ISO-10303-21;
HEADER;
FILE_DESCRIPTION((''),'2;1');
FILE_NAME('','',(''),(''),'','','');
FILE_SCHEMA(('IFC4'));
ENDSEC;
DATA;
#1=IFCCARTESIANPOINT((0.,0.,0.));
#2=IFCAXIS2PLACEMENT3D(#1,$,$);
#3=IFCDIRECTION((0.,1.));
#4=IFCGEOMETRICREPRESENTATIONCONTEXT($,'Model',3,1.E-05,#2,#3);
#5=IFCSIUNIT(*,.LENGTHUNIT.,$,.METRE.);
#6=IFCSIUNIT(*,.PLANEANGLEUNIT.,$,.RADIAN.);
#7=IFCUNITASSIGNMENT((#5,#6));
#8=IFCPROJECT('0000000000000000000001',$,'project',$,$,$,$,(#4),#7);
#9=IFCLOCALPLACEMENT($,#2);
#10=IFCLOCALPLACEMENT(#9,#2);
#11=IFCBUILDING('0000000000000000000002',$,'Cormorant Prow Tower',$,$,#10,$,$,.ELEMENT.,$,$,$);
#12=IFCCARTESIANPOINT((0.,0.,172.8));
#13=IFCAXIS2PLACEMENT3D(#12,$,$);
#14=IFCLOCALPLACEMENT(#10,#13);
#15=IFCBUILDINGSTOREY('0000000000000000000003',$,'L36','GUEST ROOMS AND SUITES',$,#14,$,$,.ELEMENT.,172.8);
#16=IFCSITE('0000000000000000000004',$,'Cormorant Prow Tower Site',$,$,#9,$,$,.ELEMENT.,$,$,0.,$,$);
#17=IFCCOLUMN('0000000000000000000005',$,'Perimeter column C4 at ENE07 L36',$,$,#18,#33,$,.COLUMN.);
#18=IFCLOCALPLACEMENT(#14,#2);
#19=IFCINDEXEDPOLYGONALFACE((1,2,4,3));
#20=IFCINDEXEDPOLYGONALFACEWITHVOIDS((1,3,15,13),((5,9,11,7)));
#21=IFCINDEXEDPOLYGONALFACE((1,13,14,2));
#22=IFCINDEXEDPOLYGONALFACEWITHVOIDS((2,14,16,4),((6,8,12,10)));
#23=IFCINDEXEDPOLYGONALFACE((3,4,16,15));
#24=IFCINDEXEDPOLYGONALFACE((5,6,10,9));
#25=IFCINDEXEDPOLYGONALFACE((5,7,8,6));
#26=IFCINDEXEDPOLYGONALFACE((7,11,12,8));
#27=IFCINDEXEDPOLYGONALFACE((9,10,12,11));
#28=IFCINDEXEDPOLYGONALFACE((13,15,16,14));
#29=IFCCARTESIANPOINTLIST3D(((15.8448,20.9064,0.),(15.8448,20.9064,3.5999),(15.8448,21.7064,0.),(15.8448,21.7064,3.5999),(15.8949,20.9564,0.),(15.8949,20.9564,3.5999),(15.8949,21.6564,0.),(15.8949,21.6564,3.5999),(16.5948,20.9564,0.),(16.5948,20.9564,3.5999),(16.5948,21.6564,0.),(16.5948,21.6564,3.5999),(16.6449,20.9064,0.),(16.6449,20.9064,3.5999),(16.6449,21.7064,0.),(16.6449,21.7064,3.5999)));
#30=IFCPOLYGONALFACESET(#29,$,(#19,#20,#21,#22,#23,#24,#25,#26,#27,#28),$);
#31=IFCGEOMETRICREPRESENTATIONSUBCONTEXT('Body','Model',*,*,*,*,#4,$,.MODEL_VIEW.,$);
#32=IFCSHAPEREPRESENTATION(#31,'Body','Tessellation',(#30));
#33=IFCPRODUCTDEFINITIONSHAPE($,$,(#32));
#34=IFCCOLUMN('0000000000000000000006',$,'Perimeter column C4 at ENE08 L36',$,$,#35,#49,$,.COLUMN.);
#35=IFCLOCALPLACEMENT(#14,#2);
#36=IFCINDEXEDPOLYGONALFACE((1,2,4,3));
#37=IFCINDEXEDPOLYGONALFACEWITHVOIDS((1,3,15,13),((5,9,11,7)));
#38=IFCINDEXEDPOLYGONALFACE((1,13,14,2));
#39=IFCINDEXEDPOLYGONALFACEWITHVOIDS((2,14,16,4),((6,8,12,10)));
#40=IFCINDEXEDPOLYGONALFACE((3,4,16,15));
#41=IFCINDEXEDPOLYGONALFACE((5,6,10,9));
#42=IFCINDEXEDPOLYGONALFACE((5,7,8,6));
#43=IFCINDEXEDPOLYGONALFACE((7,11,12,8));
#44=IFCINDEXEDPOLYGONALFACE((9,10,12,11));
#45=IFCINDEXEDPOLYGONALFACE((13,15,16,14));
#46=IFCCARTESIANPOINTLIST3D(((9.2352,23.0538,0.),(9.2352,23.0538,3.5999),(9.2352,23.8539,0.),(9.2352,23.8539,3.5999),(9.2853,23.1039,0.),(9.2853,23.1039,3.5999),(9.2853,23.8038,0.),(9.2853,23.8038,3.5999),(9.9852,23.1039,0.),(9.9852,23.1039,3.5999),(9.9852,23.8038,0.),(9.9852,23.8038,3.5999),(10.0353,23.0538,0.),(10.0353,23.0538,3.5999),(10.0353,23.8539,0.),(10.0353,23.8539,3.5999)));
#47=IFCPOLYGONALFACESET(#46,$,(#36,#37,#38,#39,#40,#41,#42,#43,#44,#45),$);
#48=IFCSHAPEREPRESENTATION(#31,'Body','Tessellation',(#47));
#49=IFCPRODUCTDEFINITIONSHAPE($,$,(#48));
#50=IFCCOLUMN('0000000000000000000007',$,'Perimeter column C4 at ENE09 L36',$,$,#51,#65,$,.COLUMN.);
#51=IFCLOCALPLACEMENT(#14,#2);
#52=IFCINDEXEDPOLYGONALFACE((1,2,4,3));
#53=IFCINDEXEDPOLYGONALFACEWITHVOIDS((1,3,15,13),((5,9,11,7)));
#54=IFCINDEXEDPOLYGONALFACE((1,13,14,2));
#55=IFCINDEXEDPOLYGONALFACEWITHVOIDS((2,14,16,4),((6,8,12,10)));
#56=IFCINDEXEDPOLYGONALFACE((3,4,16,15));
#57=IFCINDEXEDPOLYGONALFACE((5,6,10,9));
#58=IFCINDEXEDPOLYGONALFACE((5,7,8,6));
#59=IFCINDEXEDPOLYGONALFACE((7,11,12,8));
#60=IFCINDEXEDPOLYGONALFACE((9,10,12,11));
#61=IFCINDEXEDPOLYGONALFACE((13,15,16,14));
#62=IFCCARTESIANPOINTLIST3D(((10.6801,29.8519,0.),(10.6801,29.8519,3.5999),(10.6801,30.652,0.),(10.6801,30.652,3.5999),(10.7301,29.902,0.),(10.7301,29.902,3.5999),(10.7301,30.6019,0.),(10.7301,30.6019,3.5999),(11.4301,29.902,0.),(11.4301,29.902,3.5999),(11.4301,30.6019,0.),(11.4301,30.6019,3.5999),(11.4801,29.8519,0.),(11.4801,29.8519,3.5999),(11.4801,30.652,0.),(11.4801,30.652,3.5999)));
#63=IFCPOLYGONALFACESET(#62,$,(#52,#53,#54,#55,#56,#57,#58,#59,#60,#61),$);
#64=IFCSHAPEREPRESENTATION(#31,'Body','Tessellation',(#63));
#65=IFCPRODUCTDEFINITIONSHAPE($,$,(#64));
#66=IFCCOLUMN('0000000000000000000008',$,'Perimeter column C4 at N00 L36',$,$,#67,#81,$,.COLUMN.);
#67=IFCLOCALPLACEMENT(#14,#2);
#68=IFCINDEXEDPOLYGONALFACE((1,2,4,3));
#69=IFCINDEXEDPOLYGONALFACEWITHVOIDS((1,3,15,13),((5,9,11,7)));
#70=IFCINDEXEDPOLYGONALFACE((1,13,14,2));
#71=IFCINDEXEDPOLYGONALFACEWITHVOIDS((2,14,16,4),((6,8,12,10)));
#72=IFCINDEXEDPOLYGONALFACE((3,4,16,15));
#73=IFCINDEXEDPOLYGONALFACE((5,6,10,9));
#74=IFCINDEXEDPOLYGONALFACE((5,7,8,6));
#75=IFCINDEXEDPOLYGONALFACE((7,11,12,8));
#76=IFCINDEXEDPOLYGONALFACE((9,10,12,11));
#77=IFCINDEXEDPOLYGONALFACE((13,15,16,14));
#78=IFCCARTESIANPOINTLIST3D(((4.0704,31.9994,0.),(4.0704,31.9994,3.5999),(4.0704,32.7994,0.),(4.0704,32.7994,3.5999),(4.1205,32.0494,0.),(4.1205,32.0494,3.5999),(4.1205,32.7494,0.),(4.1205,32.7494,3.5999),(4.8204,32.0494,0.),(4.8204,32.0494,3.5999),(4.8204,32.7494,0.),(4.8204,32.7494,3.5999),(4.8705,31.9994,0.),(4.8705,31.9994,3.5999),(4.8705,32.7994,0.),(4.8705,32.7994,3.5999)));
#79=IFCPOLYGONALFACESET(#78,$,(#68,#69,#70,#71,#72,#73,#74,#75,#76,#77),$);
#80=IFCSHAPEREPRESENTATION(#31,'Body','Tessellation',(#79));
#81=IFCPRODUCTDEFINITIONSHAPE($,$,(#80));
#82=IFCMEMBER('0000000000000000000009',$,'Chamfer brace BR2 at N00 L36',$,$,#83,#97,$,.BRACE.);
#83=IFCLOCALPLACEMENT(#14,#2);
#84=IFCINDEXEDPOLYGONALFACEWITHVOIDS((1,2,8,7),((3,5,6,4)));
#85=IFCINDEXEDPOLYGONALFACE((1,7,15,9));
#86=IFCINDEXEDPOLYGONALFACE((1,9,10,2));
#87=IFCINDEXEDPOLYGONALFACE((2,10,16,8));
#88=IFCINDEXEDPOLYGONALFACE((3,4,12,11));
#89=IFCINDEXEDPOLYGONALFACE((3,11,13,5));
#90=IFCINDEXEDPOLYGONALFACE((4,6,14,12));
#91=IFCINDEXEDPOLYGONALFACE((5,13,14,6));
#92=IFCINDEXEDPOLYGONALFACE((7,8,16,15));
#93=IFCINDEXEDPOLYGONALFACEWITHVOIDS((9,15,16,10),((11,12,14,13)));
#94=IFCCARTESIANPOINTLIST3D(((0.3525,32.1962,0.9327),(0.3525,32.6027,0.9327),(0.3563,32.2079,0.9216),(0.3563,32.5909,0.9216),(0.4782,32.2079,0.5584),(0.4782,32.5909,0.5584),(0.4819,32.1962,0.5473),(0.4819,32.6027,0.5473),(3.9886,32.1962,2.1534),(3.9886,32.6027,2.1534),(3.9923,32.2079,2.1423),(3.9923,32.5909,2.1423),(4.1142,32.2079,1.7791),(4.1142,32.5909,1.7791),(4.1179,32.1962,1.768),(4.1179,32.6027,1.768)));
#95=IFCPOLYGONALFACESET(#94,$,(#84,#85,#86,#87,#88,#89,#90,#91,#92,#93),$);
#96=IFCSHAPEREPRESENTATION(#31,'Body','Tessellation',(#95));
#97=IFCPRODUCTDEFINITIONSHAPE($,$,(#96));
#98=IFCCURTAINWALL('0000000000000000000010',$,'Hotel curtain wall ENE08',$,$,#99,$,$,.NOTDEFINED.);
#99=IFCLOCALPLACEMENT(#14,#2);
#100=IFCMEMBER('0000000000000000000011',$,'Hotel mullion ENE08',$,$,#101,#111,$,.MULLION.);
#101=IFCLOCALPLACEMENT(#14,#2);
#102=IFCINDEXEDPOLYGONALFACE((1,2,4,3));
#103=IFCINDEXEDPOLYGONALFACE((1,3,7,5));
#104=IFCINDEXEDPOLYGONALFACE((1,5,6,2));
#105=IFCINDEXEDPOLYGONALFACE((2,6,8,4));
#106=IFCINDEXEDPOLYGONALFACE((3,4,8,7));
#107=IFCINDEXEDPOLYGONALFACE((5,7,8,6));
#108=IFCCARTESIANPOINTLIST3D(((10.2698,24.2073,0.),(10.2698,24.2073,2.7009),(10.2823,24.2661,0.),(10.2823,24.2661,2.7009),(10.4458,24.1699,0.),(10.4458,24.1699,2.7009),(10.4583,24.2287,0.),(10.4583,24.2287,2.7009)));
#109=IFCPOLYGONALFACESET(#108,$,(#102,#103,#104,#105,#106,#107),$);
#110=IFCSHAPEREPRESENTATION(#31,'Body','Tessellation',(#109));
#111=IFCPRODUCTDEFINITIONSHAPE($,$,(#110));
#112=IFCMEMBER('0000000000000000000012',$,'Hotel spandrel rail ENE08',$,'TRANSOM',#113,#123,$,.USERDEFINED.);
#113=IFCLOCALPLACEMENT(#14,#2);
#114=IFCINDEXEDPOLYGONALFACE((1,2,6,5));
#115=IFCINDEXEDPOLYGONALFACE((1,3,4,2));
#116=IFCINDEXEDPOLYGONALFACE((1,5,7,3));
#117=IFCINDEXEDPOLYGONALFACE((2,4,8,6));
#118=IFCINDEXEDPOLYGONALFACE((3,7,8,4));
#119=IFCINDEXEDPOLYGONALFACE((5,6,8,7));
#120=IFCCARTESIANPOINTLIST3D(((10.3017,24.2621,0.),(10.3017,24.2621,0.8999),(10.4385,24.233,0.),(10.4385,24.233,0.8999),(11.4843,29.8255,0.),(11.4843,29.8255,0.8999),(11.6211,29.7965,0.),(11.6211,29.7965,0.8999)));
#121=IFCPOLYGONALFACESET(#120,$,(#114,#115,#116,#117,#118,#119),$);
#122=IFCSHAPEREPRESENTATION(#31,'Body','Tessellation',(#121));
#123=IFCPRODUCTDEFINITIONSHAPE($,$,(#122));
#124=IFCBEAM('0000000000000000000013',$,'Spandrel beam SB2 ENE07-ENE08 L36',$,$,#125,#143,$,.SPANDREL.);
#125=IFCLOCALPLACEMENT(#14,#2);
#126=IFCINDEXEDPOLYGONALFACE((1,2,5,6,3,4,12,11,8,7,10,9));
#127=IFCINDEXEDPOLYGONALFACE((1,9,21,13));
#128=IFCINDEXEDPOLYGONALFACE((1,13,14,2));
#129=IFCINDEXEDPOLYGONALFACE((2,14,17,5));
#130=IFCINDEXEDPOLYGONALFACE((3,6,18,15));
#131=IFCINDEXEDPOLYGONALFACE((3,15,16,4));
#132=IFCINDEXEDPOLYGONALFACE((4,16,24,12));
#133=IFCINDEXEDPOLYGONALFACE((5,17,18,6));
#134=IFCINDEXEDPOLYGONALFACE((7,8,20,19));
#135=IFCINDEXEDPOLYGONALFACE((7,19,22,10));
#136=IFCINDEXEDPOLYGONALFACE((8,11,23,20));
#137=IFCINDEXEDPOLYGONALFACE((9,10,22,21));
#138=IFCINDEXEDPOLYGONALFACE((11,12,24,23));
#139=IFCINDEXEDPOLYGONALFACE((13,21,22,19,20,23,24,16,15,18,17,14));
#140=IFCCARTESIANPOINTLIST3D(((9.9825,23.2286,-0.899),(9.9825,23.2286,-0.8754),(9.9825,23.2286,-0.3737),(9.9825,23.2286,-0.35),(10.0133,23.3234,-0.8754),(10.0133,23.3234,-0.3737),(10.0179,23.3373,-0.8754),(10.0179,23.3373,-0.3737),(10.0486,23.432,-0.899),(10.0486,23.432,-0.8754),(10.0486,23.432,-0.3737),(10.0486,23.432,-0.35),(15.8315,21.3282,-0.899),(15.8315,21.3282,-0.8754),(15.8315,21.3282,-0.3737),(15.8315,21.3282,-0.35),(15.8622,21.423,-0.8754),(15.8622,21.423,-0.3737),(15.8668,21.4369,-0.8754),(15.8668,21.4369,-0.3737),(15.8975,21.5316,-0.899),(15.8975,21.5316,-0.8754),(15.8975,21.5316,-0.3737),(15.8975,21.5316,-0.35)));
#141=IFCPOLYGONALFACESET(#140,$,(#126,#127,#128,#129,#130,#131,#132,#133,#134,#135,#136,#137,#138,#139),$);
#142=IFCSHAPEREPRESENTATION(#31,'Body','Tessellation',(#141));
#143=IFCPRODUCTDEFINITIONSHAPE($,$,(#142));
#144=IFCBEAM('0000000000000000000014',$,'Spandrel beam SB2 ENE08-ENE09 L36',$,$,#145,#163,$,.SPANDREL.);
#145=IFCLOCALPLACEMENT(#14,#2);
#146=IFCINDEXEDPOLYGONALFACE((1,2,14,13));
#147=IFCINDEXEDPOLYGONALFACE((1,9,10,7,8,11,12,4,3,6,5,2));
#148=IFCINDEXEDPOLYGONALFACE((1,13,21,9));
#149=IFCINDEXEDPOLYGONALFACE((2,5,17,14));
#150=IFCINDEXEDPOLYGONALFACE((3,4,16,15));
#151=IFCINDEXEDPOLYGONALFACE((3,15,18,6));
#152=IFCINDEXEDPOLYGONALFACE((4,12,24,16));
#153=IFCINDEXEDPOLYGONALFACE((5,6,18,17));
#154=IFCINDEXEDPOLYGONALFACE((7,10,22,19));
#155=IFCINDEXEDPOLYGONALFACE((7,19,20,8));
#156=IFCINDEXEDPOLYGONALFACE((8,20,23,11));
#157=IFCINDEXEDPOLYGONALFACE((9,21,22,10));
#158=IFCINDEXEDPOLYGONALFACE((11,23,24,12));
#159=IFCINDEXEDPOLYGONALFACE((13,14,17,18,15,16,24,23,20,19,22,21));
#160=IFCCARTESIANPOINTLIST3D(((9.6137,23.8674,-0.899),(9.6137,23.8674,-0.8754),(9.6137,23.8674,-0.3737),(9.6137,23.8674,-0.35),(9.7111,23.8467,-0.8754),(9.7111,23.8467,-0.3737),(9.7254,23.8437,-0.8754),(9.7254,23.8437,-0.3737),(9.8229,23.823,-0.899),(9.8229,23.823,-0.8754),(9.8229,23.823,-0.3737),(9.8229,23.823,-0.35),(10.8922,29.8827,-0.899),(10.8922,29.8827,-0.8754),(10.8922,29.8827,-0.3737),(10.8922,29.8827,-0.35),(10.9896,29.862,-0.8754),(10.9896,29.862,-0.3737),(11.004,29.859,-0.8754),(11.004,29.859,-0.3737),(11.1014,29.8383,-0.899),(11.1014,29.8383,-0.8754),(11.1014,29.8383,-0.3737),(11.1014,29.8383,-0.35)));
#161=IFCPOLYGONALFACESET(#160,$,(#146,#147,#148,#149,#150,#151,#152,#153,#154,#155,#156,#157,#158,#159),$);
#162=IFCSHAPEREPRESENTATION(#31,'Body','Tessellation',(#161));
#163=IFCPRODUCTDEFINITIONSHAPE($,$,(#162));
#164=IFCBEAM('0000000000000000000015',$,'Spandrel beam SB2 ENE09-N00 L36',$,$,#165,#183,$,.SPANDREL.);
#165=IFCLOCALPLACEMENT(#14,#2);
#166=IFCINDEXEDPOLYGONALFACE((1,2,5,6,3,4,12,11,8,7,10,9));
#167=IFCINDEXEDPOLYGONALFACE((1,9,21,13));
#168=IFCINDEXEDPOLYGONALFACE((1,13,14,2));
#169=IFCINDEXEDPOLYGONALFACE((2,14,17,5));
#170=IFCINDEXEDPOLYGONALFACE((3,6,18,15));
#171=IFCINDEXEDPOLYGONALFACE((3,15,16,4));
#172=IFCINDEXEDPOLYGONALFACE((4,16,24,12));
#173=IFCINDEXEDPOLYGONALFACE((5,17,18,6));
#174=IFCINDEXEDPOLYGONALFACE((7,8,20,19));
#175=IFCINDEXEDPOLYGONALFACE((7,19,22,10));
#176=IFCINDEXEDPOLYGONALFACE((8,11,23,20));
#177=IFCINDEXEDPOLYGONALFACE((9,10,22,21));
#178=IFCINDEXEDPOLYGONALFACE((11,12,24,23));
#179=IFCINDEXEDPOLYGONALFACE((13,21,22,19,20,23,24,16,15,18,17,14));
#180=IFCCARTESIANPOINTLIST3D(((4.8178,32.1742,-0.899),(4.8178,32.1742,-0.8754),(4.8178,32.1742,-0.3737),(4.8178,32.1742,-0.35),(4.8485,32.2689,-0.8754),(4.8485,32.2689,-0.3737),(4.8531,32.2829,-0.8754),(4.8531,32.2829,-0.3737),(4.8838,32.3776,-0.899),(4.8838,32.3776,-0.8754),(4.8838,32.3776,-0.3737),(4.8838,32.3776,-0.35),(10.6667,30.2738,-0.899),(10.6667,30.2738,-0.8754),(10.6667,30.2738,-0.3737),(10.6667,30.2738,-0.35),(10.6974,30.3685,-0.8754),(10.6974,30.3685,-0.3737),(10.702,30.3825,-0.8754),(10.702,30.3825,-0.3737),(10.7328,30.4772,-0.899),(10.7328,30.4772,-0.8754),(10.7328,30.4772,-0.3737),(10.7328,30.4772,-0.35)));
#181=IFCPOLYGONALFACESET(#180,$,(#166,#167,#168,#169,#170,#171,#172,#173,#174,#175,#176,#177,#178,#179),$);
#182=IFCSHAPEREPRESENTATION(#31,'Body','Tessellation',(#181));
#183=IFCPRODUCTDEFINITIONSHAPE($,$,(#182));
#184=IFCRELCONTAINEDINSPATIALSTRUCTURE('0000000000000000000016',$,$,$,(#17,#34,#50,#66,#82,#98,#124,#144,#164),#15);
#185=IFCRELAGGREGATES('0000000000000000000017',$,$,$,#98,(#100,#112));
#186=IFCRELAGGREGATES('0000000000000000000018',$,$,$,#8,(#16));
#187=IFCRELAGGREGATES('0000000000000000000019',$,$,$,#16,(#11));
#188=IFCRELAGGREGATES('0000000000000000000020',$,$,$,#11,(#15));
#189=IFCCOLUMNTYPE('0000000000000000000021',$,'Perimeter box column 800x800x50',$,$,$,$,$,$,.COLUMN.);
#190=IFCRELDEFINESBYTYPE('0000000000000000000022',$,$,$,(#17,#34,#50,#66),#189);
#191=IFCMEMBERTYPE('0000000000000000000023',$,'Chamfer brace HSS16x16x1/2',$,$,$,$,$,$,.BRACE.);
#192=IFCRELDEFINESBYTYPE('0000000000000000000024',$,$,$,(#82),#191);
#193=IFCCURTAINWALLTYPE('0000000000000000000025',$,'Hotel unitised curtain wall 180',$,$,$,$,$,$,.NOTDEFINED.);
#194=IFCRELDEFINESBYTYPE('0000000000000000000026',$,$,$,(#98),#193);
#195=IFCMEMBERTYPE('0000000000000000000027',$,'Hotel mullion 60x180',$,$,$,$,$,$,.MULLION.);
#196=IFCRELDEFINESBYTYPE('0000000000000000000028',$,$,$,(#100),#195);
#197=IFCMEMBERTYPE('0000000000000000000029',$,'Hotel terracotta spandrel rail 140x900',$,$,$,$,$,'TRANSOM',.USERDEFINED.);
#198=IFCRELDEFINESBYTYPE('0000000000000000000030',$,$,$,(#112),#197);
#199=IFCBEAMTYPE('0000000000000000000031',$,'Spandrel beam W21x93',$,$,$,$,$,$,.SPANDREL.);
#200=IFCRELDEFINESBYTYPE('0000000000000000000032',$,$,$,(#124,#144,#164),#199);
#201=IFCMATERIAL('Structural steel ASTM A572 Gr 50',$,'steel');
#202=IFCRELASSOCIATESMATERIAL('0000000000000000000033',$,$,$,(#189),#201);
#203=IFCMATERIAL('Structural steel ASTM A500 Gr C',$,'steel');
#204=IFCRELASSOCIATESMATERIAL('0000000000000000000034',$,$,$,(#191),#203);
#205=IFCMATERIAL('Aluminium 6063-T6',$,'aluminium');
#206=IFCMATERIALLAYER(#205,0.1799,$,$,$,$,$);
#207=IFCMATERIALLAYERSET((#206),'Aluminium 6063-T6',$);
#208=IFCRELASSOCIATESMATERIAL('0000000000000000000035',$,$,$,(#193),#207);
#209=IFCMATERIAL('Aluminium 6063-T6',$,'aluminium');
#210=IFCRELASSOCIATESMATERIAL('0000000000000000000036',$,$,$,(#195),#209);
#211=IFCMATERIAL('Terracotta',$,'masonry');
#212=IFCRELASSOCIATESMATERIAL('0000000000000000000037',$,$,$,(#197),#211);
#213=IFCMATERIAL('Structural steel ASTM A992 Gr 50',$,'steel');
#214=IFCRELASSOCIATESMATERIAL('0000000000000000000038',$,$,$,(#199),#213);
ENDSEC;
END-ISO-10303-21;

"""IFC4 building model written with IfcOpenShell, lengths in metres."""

from ifc_helpers import new_model, si_unit, direction, frame, origin, origin_2d, place, context, subcontext, project, spatial, rectangle, hollow_rectangle, i_section, extrude, material, layer, layer_set, material_profile, profile_set, type_object, element, aggregate, save


model = new_model("IFC4")

# Units and contexts
model_context = context("Model", 3, precision=1e-05, world=origin(), true_north=direction((0.0, 1.0)))
body_context = subcontext(model_context, "Body", "Model", "MODEL_VIEW")
ifc_project = project(units=[si_unit("LENGTHUNIT", "METRE"), si_unit("PLANEANGLEUNIT", "RADIAN")], contexts=[model_context])

# Site, building, storey
site_placement = place(None, origin())
site = spatial("IfcSite", under=ifc_project, at=site_placement, Name="Cormorant Prow Tower Site", CompositionType="ELEMENT", RefElevation=0.0)
building_placement = place(site_placement, origin())
building = spatial("IfcBuilding", under=site, at=building_placement, Name="Cormorant Prow Tower", CompositionType="ELEMENT")
storey_placement = place(building_placement, frame((0.0, 0.0, 172.8)))
storey = spatial("IfcBuildingStorey", under=building, at=storey_placement, Name="L36", Description="GUEST ROOMS AND SUITES", CompositionType="ELEMENT", Elevation=172.8)

# Columns
ifc_material_1 = material(Name="Structural steel ASTM A572 Gr 50", Category="steel")
ifc_material_profile_1 = material_profile(ifc_material_1, hollow_rectangle(XDim=0.8, YDim=0.8, WallThickness=0.05, at=origin_2d()), Name="Box 800x800x50")
ifc_profile_set_1 = profile_set([ifc_material_profile_1], Name="Structural steel ASTM A572 Gr 50")
column_type = type_object("IfcColumnType", Name="Perimeter box column 800x800x50", PredefinedType="COLUMN", material=ifc_profile_set_1)
for number, where, z_axis, x_axis, name in (
    (1, (16.2449, 21.3064, 0.0), (0.0, 0.0, 1.0), (1.0, 0.0, 0.0), "Perimeter column C4 at ENE07 L36"),
    (2, (9.6353, 23.4539, 0.0), (0.0, 0.0, 1.0), (1.0, 0.0, 0.0), "Perimeter column C4 at ENE08 L36"),
    (3, (11.0801, 30.252, 0.0), (0.0, 0.0, 1.0), (1.0, 0.0, 0.0), "Perimeter column C4 at ENE09 L36"),
    (4, (4.4705, 32.3994, 0.0), (0.0, 0.0, 1.0), (1.0, 0.0, 0.0), "Perimeter column C4 at N00 L36"),
):
    element("IfcColumn", number, at=place(storey_placement, frame(where, z_axis=z_axis, x_axis=x_axis)), inside=storey, type_object=column_type, Name=name, PredefinedType="COLUMN", context=body_context, shape_type="SweptSolid", body=[
        extrude(hollow_rectangle(XDim=0.8, YDim=0.8, WallThickness=0.05, at=origin_2d()), origin(), (0.0, 0.0, 1.0), 3.5999),
    ])

# Member
ifc_material_2 = material(Name="Structural steel ASTM A500 Gr C", Category="steel")
ifc_material_profile_2 = material_profile(ifc_material_2, hollow_rectangle(XDim=0.4065, YDim=0.4065, WallThickness=0.0117, at=origin_2d()), Name="HSS16x16x1/2")
ifc_profile_set_2 = profile_set([ifc_material_profile_2], Name="Structural steel ASTM A500 Gr C")
member_type_1 = type_object("IfcMemberType", Name="Chamfer brace HSS16x16x1/2", PredefinedType="BRACE", material=ifc_profile_set_2)
member_1_placement = place(storey_placement, frame((0.4172, 32.3994, 0.74), z_axis=(0.948, 0.0, 0.31827), x_axis=(0.0, 1.0, 0.0)))
element("IfcMember", 5, at=member_1_placement, inside=storey, type_object=member_type_1, Name="Chamfer brace BR2 at N00 L36", PredefinedType="BRACE", context=body_context, shape_type="SweptSolid", body=[
    extrude(hollow_rectangle(XDim=0.4065, YDim=0.4065, WallThickness=0.0117, at=origin_2d()), origin(), (0.0, 0.0, 1.0), 3.8354),
])

# Curtain wall, members
ifc_material_3 = material(Name="Aluminium 6063-T6", Category="aluminium")
ifc_layer_1 = layer(ifc_material_3, 0.1799)
ifc_layer_set_1 = layer_set([ifc_layer_1], Name="Aluminium 6063-T6")
curtain_wall_type = type_object("IfcCurtainWallType", Name="Hotel unitised curtain wall 180", PredefinedType="NOTDEFINED", material=ifc_layer_set_1)
curtain_wall_1_placement = place(storey_placement, origin())
curtain_wall_1 = element("IfcCurtainWall", 6, at=curtain_wall_1_placement, inside=storey, type_object=curtain_wall_type, Name="Hotel curtain wall ENE08", PredefinedType="NOTDEFINED")
ifc_material_4 = material(Name="Aluminium 6063-T6", Category="aluminium")
ifc_material_profile_3 = material_profile(ifc_material_4, rectangle(XDim=0.1799, YDim=0.0601, at=origin_2d()), Name="Hotel mullion 60x180")
ifc_profile_set_3 = profile_set([ifc_material_profile_3], Name="Aluminium 6063-T6")
member_type_2 = type_object("IfcMemberType", Name="Hotel mullion 60x180", PredefinedType="MULLION", material=ifc_profile_set_3)
member_2_placement = place(storey_placement, frame((10.364, 24.218, 0.0), z_axis=(0.0, 0.0, 1.0), x_axis=(-0.978148, 0.207912, 0.0)))
member_2 = element("IfcMember", 7, at=member_2_placement, type_object=member_type_2, Name="Hotel mullion ENE08", PredefinedType="MULLION", context=body_context, shape_type="SweptSolid", body=[
    extrude(rectangle(XDim=0.1799, YDim=0.0601, at=origin_2d()), origin(), (0.0, 0.0, 1.0), 2.7009),
])
ifc_material_5 = material(Name="Terracotta", Category="masonry")
ifc_material_profile_4 = material_profile(ifc_material_5, rectangle(XDim=0.1399, YDim=0.8999, at=origin_2d()), Name="Hotel terracotta spandrel rail 140x900")
ifc_profile_set_4 = profile_set([ifc_material_profile_4], Name="Terracotta")
member_type_3 = type_object("IfcMemberType", Name="Hotel terracotta spandrel rail 140x900", ElementType="TRANSOM", PredefinedType="USERDEFINED", material=ifc_profile_set_4)
member_3_placement = place(storey_placement, frame((10.3701, 24.2476, 0.45), z_axis=(0.207922, 0.978145, 0.0), x_axis=(-0.978145, 0.207922, 0.0)))
member_3 = element("IfcMember", 8, at=member_3_placement, type_object=member_type_3, Name="Hotel spandrel rail ENE08", ObjectType="TRANSOM", PredefinedType="USERDEFINED", context=body_context, shape_type="SweptSolid", body=[
    extrude(rectangle(XDim=0.1399, YDim=0.8999, at=origin_2d()), origin(), (0.0, 0.0, 1.0), 5.6877),
])

# Beams
ifc_material_6 = material(Name="Structural steel ASTM A992 Gr 50", Category="steel")
ifc_material_profile_5 = material_profile(ifc_material_6, i_section(OverallWidth=0.2139, OverallDepth=0.5491, WebThickness=0.0146, FlangeThickness=0.0237, at=origin_2d()), Name="W21x93")
ifc_profile_set_5 = profile_set([ifc_material_profile_5], Name="Structural steel ASTM A992 Gr 50")
beam_type = type_object("IfcBeamType", Name="Spandrel beam W21x93", PredefinedType="SPANDREL", material=ifc_profile_set_5)
beam_1_placement = place(storey_placement, frame((15.8645, 21.4299, -0.6245), z_axis=(-0.951058, 0.309013, 0.0), x_axis=(-0.309013, -0.951058, 0.0)))
element("IfcBeam", 9, at=beam_1_placement, inside=storey, type_object=beam_type, Name="Spandrel beam SB2 ENE07-ENE08 L36", PredefinedType="SPANDREL", context=body_context, shape_type="SweptSolid", body=[
    extrude(i_section(OverallWidth=0.2139, OverallDepth=0.5491, WebThickness=0.0146, FlangeThickness=0.0237, at=origin_2d()), origin(), (0.0, 0.0, 1.0), 6.1499),
])
beam_2_placement = place(storey_placement, frame((9.7183, 23.8452, -0.6245), z_axis=(0.207905, 0.978149, 0.0), x_axis=(-0.978149, 0.207905, 0.0)))
element("IfcBeam", 10, at=beam_2_placement, inside=storey, type_object=beam_type, Name="Spandrel beam SB2 ENE08-ENE09 L36", PredefinedType="SPANDREL", context=body_context, shape_type="SweptSolid", body=[
    extrude(i_section(OverallWidth=0.2139, OverallDepth=0.5491, WebThickness=0.0146, FlangeThickness=0.0237, at=origin_2d()), origin(), (0.0, 0.0, 1.0), 6.1497),
])
beam_3_placement = place(storey_placement, frame((10.6997, 30.3755, -0.6245), z_axis=(-0.951058, 0.309013, 0.0), x_axis=(-0.309013, -0.951058, 0.0)))
element("IfcBeam", 11, at=beam_3_placement, inside=storey, type_object=beam_type, Name="Spandrel beam SB2 ENE09-N00 L36", PredefinedType="SPANDREL", context=body_context, shape_type="SweptSolid", body=[
    extrude(i_section(OverallWidth=0.2139, OverallDepth=0.5491, WebThickness=0.0146, FlangeThickness=0.0237, at=origin_2d()), origin(), (0.0, 0.0, 1.0), 6.1499),
])

aggregate(curtain_wall_1, [member_2, member_3])

save(model, "model.ifc")
